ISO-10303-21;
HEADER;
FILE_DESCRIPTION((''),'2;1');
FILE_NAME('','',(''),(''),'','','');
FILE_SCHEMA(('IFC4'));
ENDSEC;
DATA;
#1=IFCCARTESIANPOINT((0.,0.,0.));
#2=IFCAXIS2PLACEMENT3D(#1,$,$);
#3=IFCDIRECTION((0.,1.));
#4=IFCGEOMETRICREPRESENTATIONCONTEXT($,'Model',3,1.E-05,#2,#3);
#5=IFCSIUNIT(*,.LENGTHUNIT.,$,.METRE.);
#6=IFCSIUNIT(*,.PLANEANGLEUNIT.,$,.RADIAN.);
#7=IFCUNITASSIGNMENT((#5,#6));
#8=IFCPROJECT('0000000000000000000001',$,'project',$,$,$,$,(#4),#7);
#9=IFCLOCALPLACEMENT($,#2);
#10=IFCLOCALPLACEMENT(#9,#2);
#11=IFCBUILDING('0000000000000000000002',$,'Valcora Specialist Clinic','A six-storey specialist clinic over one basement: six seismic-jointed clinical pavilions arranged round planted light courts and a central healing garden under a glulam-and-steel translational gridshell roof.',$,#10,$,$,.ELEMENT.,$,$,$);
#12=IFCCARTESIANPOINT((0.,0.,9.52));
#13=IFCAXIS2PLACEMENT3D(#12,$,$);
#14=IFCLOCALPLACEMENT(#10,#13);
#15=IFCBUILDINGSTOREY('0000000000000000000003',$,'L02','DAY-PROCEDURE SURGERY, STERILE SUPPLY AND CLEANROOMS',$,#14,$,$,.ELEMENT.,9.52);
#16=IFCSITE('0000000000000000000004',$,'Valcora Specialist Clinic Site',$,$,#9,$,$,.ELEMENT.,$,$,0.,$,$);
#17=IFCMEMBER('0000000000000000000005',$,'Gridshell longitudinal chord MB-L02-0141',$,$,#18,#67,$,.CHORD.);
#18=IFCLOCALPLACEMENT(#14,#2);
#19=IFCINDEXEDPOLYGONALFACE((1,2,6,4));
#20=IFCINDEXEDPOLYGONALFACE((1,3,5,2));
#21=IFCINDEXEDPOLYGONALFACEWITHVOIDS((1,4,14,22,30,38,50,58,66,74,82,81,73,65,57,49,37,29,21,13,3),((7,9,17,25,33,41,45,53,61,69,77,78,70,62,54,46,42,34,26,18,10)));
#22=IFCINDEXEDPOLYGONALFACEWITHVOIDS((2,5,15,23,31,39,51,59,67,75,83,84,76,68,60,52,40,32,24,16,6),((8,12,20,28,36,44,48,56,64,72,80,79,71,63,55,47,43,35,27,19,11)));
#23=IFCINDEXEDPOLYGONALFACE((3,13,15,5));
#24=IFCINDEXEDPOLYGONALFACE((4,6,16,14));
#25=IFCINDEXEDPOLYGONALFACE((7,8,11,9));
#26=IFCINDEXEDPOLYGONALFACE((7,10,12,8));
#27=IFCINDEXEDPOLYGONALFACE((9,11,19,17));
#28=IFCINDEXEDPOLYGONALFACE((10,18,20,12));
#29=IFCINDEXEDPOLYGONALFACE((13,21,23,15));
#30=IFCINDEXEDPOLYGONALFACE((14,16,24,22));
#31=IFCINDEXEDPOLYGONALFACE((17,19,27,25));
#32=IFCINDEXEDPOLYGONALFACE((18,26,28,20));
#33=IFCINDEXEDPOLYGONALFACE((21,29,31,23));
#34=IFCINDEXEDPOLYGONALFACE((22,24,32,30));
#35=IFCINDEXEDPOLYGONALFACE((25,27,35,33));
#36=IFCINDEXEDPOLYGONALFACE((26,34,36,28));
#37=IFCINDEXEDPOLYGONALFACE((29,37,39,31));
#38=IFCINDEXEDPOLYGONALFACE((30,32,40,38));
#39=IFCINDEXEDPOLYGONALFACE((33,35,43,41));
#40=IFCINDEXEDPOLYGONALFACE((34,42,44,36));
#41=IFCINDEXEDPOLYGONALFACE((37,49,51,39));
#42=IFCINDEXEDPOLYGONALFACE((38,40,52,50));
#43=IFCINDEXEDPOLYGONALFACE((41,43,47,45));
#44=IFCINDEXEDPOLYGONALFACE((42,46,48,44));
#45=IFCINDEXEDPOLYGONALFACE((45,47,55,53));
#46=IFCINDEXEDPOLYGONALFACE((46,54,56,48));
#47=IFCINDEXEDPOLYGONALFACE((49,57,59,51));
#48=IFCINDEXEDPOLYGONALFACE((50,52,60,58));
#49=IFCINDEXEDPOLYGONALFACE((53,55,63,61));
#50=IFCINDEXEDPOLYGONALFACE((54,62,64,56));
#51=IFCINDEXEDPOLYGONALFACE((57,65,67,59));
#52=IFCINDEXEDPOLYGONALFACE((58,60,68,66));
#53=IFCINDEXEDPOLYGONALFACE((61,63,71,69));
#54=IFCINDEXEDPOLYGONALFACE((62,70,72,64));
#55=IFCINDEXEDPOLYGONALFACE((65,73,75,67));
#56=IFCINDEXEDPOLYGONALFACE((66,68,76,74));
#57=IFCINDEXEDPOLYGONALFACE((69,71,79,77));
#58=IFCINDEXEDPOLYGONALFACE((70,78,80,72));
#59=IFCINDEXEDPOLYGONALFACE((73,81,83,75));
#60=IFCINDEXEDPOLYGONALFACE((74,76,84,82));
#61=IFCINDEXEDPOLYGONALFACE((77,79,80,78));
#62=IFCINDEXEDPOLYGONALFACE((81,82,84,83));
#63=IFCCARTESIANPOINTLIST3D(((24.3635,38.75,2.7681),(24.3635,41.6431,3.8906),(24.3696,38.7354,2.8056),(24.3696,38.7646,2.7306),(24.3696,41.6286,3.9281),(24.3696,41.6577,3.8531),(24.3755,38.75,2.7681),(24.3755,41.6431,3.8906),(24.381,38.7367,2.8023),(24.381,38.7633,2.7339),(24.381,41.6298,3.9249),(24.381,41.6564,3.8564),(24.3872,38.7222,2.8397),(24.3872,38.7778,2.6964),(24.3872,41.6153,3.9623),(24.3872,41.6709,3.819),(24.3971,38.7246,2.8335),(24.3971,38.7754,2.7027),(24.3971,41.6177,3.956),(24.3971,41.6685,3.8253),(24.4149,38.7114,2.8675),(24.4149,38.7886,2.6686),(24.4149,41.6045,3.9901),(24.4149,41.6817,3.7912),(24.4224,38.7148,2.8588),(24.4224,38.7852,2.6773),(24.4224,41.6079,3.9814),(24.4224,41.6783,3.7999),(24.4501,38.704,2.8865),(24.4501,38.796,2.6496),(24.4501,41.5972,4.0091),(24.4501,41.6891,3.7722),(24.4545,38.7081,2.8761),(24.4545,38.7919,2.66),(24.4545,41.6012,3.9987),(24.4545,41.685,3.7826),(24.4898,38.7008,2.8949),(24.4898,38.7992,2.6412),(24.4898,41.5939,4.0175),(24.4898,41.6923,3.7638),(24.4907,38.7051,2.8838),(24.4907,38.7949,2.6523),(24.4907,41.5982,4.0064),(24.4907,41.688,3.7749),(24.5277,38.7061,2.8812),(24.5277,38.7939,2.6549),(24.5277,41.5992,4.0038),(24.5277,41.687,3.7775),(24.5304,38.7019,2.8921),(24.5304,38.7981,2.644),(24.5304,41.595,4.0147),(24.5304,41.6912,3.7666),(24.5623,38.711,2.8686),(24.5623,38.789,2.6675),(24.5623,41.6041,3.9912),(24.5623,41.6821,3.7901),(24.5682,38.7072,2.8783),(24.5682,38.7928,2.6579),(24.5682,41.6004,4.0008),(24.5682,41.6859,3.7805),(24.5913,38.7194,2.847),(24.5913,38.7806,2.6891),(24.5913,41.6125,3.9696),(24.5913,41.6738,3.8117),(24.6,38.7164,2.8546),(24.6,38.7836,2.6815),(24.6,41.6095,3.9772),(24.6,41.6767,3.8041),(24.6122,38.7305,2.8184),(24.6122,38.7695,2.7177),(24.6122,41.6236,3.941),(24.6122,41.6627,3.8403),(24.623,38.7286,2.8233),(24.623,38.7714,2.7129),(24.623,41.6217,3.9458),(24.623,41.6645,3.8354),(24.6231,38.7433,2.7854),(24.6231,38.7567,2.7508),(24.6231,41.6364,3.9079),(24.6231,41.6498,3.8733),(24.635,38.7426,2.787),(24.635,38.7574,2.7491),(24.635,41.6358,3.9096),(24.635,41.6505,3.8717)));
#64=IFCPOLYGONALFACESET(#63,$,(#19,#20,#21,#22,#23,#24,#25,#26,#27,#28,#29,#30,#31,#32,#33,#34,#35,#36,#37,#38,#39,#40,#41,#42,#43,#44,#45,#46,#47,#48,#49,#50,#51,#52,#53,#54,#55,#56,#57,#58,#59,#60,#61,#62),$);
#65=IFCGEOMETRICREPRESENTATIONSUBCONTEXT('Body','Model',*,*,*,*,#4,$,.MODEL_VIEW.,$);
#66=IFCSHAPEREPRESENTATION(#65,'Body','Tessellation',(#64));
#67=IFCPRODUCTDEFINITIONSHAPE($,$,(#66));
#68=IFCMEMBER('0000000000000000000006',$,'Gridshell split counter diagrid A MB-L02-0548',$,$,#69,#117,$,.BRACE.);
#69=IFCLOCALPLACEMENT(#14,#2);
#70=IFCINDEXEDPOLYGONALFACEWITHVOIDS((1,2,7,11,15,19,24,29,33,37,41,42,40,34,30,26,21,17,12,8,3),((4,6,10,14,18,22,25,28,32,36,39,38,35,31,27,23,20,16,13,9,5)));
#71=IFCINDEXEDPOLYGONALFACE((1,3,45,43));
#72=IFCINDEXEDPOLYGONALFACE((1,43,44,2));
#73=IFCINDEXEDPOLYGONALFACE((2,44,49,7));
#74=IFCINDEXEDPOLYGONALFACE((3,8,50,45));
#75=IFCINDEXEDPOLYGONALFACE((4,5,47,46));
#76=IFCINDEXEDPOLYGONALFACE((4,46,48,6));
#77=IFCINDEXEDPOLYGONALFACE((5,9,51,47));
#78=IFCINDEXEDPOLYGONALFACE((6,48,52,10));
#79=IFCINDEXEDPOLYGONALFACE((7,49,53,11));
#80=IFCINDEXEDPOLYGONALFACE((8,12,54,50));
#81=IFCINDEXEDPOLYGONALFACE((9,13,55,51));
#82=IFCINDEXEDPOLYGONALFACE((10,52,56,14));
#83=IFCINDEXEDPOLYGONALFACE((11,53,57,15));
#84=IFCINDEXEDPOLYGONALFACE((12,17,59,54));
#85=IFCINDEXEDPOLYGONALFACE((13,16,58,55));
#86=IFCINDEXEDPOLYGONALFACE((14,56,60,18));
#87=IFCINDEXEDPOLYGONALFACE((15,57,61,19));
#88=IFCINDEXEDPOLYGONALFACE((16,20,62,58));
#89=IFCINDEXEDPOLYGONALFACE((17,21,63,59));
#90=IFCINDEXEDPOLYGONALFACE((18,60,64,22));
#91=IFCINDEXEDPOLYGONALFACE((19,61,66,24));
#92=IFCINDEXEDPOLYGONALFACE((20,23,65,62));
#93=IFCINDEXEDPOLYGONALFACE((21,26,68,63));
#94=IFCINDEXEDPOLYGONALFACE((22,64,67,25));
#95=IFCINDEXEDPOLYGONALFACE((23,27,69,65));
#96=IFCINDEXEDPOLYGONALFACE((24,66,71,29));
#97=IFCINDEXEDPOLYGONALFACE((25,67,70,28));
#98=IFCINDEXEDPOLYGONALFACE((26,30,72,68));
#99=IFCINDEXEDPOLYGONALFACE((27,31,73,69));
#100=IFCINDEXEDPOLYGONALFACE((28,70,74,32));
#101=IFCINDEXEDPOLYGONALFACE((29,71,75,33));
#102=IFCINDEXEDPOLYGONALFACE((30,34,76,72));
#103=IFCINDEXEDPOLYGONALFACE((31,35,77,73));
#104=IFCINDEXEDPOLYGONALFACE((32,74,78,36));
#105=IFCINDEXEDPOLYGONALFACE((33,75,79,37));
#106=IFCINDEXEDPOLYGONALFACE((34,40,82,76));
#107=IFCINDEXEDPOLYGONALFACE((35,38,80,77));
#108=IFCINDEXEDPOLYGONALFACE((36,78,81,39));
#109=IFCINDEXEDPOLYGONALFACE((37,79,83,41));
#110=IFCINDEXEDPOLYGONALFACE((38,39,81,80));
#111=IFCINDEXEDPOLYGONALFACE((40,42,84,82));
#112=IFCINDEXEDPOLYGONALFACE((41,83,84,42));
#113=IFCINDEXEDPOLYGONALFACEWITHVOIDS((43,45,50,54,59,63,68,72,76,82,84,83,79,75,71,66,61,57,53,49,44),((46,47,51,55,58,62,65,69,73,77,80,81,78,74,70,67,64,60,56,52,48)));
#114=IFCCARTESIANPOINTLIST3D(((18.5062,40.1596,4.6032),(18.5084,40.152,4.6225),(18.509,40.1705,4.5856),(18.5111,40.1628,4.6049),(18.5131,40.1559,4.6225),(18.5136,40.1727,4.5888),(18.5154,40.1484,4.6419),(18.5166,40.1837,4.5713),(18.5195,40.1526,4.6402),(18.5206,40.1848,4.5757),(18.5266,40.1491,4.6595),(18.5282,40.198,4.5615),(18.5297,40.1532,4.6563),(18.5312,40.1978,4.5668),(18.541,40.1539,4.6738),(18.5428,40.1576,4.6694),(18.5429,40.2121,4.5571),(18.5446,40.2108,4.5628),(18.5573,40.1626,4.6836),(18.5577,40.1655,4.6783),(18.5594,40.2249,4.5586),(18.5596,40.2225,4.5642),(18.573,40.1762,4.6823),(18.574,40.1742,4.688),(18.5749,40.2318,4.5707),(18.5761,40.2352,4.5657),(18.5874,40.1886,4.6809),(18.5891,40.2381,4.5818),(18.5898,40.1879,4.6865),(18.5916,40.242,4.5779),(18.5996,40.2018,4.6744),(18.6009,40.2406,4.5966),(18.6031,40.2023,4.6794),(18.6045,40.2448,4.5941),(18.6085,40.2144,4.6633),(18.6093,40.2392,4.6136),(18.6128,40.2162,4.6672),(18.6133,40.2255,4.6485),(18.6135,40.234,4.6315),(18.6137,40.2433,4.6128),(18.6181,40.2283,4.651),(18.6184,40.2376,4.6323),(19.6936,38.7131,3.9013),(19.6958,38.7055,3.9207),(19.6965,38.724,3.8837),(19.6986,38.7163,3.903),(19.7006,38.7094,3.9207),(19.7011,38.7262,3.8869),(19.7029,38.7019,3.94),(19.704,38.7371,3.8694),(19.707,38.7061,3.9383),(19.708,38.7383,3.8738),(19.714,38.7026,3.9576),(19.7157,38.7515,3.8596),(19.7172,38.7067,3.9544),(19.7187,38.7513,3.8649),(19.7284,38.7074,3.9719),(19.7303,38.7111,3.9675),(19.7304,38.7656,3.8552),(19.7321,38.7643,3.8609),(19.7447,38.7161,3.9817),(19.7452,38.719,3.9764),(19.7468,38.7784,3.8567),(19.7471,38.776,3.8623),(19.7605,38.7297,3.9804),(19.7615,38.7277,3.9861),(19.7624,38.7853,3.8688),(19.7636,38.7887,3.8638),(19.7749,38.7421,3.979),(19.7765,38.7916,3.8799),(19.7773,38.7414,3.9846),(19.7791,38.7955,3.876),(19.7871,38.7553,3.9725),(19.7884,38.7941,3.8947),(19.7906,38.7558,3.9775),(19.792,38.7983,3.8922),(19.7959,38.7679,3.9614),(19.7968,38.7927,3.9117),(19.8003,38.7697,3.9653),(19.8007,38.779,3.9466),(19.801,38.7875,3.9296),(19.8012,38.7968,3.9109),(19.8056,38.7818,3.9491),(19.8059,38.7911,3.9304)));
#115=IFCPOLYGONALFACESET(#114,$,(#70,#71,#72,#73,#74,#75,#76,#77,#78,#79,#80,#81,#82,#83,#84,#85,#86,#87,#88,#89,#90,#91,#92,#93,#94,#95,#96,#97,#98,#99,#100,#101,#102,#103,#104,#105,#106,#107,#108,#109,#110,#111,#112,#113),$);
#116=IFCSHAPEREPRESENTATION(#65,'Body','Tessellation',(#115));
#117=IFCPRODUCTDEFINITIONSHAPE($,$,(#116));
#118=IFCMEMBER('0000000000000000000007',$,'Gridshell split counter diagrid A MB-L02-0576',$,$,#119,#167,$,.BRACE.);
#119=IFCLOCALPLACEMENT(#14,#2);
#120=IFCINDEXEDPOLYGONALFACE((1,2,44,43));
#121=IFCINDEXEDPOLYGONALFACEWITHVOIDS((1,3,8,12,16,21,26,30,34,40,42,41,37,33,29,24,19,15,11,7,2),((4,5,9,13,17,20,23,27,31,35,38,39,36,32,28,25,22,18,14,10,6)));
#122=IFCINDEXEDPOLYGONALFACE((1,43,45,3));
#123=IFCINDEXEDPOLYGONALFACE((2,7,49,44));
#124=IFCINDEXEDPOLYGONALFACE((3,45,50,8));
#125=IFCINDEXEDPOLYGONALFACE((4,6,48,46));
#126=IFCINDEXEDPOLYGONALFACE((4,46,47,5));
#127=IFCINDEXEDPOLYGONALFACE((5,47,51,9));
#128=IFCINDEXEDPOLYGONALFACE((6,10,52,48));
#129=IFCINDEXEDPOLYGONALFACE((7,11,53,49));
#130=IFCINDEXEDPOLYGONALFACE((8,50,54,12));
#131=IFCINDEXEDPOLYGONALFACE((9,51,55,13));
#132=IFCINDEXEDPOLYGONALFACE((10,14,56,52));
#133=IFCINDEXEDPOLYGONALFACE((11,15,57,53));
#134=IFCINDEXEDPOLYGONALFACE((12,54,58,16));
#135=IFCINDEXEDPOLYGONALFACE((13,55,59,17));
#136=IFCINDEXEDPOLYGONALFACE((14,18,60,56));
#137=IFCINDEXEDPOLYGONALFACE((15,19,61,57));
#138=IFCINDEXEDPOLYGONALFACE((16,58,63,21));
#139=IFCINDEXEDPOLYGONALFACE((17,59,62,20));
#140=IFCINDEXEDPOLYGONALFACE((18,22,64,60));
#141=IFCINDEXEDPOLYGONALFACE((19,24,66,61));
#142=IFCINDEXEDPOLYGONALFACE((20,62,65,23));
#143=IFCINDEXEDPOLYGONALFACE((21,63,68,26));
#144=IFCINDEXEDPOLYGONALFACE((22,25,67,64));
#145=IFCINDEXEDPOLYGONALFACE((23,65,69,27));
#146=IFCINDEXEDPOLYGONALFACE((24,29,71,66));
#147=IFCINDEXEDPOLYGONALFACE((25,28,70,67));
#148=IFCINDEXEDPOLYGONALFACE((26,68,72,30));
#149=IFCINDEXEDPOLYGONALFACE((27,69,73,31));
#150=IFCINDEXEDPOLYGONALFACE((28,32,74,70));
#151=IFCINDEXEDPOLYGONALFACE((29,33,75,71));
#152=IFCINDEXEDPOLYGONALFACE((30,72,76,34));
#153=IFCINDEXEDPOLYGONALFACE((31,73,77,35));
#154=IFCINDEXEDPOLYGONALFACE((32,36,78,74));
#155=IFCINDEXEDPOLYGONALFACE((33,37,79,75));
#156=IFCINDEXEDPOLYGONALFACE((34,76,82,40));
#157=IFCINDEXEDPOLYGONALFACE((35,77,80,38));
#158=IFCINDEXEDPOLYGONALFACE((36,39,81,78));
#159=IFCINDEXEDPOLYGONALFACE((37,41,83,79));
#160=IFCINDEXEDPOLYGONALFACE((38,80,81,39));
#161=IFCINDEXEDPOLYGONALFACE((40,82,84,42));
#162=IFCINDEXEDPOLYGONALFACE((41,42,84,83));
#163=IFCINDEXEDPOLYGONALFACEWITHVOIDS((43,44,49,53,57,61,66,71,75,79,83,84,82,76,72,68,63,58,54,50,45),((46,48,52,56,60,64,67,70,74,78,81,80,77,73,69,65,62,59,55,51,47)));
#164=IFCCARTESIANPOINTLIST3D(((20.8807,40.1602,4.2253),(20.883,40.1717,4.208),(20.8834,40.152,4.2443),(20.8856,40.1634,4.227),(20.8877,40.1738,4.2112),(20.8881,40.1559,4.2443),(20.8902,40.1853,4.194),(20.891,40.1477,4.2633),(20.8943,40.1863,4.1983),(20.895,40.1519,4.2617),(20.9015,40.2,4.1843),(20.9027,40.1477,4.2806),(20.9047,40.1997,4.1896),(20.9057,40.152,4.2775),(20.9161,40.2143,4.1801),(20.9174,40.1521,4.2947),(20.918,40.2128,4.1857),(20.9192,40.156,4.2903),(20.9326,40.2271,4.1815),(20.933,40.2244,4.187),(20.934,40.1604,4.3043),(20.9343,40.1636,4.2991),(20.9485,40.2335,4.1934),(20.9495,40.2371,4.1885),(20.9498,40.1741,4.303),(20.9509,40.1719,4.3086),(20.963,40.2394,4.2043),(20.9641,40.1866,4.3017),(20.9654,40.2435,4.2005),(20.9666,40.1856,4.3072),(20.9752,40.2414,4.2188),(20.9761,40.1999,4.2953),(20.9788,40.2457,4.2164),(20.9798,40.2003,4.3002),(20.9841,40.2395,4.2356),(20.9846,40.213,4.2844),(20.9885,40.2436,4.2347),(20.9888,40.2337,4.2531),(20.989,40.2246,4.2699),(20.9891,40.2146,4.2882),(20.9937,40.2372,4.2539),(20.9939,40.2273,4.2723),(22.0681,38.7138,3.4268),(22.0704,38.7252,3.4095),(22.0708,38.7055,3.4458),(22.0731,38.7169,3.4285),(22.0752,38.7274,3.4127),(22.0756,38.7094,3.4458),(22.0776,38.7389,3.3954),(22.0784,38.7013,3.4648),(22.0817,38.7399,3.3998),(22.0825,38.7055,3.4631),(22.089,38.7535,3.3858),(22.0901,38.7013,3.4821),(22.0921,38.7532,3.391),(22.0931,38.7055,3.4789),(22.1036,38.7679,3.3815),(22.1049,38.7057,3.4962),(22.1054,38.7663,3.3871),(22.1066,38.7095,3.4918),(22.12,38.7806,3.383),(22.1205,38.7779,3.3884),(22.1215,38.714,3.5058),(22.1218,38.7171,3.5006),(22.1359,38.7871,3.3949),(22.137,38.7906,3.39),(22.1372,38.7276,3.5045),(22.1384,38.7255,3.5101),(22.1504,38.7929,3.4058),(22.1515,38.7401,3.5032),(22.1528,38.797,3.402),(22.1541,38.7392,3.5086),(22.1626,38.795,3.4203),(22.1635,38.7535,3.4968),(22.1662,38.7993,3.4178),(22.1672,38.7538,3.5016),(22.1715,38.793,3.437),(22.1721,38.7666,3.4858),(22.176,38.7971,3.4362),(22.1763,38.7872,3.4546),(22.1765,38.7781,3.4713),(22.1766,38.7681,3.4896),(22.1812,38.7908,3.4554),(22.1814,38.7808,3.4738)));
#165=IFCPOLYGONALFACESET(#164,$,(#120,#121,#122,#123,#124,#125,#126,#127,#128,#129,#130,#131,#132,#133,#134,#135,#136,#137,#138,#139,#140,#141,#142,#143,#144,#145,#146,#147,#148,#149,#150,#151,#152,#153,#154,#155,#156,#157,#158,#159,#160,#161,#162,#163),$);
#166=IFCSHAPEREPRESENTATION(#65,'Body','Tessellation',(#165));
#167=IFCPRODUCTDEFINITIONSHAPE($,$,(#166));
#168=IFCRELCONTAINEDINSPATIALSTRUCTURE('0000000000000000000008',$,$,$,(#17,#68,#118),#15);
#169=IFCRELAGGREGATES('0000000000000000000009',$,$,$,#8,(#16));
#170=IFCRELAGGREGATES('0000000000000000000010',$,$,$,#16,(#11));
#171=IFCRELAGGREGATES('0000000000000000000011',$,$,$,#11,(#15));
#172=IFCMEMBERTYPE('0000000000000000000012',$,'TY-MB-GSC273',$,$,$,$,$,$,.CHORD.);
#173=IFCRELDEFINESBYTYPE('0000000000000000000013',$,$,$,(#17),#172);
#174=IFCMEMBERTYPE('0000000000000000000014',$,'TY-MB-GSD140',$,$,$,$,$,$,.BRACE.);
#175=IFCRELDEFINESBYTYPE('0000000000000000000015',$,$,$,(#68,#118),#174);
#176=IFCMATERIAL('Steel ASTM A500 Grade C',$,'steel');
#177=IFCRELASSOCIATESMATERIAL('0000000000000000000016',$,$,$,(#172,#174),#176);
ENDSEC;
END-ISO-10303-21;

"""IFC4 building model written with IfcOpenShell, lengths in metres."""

from ifc_helpers import new_model, si_unit, direction, frame, origin, origin_2d, place, context, subcontext, project, spatial, hollow_circle, extrude, material, material_profile, profile_set, type_object, element, save


model = new_model("IFC4")

# Units and contexts
model_context = context("Model", 3, precision=1e-05, world=origin(), true_north=direction((0.0, 1.0)))
body_context = subcontext(model_context, "Body", "Model", "MODEL_VIEW")
ifc_project = project(units=[si_unit("LENGTHUNIT", "METRE"), si_unit("PLANEANGLEUNIT", "RADIAN")], contexts=[model_context])

# Site, building, storey
site_placement = place(None, origin())
site = spatial("IfcSite", under=ifc_project, at=site_placement, Name="Valcora Specialist Clinic Site", CompositionType="ELEMENT", RefElevation=0.0)
building_placement = place(site_placement, origin())
building = spatial("IfcBuilding", under=site, at=building_placement, Name="Valcora Specialist Clinic", Description="A six-storey specialist clinic over one basement: six seismic-jointed clinical pavilions arranged round planted light courts and a central healing garden under a glulam-and-steel translational gridshell roof.", CompositionType="ELEMENT")
storey_placement = place(building_placement, frame((0.0, 0.0, 9.52)))
storey = spatial("IfcBuildingStorey", under=building, at=storey_placement, Name="L02", Description="DAY-PROCEDURE SURGERY, STERILE SUPPLY AND CLEANROOMS", CompositionType="ELEMENT", Elevation=9.52)

# Members
ifc_material_1 = material(Name="Steel ASTM A500 Grade C", Category="steel")
ifc_material_profile_1 = material_profile(ifc_material_1, hollow_circle(Radius=0.1365, WallThickness=0.012, at=origin_2d()), Name="ST-CHS-273X12")
ifc_profile_set_1 = profile_set([ifc_material_profile_1], Name="Steel ASTM A500 Grade C")
member_type_1 = type_object("IfcMemberType", Name="TY-MB-GSC273", PredefinedType="CHORD", material=ifc_profile_set_1)
for number, where, z_axis, x_axis, name in (
    (1, (24.5, 38.75, 2.7681), (0.0, 0.932279, 0.36174), (-1.0, 0.0, 0.0), "Gridshell longitudinal chord MB-L02-0141"),
):
    element("IfcMember", number, at=place(storey_placement, frame(where, z_axis=z_axis, x_axis=x_axis)), inside=storey, type_object=member_type_1, Name=name, PredefinedType="CHORD", context=body_context, shape_type="SweptSolid", body=[
        extrude(hollow_circle(Radius=0.1365, WallThickness=0.012, at=origin_2d()), origin(), (0.0, 0.0, 1.0), 3.1033),
    ])
ifc_material_profile_2 = material_profile(ifc_material_1, hollow_circle(Radius=0.0701, WallThickness=0.0061, at=origin_2d()), Name="ST-CHS-140X6")
ifc_profile_set_2 = profile_set([ifc_material_profile_2], Name="Steel ASTM A500 Grade C")
member_type_2 = type_object("IfcMemberType", Name="TY-MB-GSD140", PredefinedType="BRACE", material=ifc_profile_set_2)
member_1_placement = place(storey_placement, frame((19.75, 38.75, 3.9207), z_axis=(-0.5941, 0.723693, 0.351159), x_axis=(-0.772916, -0.634508, 0.0)))
element("IfcMember", 2, at=member_1_placement, inside=storey, type_object=member_type_2, Name="Gridshell split counter diagrid A MB-L02-0548", PredefinedType="BRACE", context=body_context, shape_type="SweptSolid", body=[
    extrude(hollow_circle(Radius=0.0701, WallThickness=0.0061, at=origin_2d()), origin(), (0.0, 0.0, 1.0), 1.9988),
])
member_2_placement = place(storey_placement, frame((22.125, 38.75, 3.4458), z_axis=(-0.5836, 0.710902, 0.392466), x_axis=(-0.772916, -0.634508, 0.0)))
element("IfcMember", 3, at=member_2_placement, inside=storey, type_object=member_type_2, Name="Gridshell split counter diagrid A MB-L02-0576", PredefinedType="BRACE", context=body_context, shape_type="SweptSolid", body=[
    extrude(hollow_circle(Radius=0.0701, WallThickness=0.0061, at=origin_2d()), origin(), (0.0, 0.0, 1.0), 2.0347),
])

save(model, "model.ifc")
